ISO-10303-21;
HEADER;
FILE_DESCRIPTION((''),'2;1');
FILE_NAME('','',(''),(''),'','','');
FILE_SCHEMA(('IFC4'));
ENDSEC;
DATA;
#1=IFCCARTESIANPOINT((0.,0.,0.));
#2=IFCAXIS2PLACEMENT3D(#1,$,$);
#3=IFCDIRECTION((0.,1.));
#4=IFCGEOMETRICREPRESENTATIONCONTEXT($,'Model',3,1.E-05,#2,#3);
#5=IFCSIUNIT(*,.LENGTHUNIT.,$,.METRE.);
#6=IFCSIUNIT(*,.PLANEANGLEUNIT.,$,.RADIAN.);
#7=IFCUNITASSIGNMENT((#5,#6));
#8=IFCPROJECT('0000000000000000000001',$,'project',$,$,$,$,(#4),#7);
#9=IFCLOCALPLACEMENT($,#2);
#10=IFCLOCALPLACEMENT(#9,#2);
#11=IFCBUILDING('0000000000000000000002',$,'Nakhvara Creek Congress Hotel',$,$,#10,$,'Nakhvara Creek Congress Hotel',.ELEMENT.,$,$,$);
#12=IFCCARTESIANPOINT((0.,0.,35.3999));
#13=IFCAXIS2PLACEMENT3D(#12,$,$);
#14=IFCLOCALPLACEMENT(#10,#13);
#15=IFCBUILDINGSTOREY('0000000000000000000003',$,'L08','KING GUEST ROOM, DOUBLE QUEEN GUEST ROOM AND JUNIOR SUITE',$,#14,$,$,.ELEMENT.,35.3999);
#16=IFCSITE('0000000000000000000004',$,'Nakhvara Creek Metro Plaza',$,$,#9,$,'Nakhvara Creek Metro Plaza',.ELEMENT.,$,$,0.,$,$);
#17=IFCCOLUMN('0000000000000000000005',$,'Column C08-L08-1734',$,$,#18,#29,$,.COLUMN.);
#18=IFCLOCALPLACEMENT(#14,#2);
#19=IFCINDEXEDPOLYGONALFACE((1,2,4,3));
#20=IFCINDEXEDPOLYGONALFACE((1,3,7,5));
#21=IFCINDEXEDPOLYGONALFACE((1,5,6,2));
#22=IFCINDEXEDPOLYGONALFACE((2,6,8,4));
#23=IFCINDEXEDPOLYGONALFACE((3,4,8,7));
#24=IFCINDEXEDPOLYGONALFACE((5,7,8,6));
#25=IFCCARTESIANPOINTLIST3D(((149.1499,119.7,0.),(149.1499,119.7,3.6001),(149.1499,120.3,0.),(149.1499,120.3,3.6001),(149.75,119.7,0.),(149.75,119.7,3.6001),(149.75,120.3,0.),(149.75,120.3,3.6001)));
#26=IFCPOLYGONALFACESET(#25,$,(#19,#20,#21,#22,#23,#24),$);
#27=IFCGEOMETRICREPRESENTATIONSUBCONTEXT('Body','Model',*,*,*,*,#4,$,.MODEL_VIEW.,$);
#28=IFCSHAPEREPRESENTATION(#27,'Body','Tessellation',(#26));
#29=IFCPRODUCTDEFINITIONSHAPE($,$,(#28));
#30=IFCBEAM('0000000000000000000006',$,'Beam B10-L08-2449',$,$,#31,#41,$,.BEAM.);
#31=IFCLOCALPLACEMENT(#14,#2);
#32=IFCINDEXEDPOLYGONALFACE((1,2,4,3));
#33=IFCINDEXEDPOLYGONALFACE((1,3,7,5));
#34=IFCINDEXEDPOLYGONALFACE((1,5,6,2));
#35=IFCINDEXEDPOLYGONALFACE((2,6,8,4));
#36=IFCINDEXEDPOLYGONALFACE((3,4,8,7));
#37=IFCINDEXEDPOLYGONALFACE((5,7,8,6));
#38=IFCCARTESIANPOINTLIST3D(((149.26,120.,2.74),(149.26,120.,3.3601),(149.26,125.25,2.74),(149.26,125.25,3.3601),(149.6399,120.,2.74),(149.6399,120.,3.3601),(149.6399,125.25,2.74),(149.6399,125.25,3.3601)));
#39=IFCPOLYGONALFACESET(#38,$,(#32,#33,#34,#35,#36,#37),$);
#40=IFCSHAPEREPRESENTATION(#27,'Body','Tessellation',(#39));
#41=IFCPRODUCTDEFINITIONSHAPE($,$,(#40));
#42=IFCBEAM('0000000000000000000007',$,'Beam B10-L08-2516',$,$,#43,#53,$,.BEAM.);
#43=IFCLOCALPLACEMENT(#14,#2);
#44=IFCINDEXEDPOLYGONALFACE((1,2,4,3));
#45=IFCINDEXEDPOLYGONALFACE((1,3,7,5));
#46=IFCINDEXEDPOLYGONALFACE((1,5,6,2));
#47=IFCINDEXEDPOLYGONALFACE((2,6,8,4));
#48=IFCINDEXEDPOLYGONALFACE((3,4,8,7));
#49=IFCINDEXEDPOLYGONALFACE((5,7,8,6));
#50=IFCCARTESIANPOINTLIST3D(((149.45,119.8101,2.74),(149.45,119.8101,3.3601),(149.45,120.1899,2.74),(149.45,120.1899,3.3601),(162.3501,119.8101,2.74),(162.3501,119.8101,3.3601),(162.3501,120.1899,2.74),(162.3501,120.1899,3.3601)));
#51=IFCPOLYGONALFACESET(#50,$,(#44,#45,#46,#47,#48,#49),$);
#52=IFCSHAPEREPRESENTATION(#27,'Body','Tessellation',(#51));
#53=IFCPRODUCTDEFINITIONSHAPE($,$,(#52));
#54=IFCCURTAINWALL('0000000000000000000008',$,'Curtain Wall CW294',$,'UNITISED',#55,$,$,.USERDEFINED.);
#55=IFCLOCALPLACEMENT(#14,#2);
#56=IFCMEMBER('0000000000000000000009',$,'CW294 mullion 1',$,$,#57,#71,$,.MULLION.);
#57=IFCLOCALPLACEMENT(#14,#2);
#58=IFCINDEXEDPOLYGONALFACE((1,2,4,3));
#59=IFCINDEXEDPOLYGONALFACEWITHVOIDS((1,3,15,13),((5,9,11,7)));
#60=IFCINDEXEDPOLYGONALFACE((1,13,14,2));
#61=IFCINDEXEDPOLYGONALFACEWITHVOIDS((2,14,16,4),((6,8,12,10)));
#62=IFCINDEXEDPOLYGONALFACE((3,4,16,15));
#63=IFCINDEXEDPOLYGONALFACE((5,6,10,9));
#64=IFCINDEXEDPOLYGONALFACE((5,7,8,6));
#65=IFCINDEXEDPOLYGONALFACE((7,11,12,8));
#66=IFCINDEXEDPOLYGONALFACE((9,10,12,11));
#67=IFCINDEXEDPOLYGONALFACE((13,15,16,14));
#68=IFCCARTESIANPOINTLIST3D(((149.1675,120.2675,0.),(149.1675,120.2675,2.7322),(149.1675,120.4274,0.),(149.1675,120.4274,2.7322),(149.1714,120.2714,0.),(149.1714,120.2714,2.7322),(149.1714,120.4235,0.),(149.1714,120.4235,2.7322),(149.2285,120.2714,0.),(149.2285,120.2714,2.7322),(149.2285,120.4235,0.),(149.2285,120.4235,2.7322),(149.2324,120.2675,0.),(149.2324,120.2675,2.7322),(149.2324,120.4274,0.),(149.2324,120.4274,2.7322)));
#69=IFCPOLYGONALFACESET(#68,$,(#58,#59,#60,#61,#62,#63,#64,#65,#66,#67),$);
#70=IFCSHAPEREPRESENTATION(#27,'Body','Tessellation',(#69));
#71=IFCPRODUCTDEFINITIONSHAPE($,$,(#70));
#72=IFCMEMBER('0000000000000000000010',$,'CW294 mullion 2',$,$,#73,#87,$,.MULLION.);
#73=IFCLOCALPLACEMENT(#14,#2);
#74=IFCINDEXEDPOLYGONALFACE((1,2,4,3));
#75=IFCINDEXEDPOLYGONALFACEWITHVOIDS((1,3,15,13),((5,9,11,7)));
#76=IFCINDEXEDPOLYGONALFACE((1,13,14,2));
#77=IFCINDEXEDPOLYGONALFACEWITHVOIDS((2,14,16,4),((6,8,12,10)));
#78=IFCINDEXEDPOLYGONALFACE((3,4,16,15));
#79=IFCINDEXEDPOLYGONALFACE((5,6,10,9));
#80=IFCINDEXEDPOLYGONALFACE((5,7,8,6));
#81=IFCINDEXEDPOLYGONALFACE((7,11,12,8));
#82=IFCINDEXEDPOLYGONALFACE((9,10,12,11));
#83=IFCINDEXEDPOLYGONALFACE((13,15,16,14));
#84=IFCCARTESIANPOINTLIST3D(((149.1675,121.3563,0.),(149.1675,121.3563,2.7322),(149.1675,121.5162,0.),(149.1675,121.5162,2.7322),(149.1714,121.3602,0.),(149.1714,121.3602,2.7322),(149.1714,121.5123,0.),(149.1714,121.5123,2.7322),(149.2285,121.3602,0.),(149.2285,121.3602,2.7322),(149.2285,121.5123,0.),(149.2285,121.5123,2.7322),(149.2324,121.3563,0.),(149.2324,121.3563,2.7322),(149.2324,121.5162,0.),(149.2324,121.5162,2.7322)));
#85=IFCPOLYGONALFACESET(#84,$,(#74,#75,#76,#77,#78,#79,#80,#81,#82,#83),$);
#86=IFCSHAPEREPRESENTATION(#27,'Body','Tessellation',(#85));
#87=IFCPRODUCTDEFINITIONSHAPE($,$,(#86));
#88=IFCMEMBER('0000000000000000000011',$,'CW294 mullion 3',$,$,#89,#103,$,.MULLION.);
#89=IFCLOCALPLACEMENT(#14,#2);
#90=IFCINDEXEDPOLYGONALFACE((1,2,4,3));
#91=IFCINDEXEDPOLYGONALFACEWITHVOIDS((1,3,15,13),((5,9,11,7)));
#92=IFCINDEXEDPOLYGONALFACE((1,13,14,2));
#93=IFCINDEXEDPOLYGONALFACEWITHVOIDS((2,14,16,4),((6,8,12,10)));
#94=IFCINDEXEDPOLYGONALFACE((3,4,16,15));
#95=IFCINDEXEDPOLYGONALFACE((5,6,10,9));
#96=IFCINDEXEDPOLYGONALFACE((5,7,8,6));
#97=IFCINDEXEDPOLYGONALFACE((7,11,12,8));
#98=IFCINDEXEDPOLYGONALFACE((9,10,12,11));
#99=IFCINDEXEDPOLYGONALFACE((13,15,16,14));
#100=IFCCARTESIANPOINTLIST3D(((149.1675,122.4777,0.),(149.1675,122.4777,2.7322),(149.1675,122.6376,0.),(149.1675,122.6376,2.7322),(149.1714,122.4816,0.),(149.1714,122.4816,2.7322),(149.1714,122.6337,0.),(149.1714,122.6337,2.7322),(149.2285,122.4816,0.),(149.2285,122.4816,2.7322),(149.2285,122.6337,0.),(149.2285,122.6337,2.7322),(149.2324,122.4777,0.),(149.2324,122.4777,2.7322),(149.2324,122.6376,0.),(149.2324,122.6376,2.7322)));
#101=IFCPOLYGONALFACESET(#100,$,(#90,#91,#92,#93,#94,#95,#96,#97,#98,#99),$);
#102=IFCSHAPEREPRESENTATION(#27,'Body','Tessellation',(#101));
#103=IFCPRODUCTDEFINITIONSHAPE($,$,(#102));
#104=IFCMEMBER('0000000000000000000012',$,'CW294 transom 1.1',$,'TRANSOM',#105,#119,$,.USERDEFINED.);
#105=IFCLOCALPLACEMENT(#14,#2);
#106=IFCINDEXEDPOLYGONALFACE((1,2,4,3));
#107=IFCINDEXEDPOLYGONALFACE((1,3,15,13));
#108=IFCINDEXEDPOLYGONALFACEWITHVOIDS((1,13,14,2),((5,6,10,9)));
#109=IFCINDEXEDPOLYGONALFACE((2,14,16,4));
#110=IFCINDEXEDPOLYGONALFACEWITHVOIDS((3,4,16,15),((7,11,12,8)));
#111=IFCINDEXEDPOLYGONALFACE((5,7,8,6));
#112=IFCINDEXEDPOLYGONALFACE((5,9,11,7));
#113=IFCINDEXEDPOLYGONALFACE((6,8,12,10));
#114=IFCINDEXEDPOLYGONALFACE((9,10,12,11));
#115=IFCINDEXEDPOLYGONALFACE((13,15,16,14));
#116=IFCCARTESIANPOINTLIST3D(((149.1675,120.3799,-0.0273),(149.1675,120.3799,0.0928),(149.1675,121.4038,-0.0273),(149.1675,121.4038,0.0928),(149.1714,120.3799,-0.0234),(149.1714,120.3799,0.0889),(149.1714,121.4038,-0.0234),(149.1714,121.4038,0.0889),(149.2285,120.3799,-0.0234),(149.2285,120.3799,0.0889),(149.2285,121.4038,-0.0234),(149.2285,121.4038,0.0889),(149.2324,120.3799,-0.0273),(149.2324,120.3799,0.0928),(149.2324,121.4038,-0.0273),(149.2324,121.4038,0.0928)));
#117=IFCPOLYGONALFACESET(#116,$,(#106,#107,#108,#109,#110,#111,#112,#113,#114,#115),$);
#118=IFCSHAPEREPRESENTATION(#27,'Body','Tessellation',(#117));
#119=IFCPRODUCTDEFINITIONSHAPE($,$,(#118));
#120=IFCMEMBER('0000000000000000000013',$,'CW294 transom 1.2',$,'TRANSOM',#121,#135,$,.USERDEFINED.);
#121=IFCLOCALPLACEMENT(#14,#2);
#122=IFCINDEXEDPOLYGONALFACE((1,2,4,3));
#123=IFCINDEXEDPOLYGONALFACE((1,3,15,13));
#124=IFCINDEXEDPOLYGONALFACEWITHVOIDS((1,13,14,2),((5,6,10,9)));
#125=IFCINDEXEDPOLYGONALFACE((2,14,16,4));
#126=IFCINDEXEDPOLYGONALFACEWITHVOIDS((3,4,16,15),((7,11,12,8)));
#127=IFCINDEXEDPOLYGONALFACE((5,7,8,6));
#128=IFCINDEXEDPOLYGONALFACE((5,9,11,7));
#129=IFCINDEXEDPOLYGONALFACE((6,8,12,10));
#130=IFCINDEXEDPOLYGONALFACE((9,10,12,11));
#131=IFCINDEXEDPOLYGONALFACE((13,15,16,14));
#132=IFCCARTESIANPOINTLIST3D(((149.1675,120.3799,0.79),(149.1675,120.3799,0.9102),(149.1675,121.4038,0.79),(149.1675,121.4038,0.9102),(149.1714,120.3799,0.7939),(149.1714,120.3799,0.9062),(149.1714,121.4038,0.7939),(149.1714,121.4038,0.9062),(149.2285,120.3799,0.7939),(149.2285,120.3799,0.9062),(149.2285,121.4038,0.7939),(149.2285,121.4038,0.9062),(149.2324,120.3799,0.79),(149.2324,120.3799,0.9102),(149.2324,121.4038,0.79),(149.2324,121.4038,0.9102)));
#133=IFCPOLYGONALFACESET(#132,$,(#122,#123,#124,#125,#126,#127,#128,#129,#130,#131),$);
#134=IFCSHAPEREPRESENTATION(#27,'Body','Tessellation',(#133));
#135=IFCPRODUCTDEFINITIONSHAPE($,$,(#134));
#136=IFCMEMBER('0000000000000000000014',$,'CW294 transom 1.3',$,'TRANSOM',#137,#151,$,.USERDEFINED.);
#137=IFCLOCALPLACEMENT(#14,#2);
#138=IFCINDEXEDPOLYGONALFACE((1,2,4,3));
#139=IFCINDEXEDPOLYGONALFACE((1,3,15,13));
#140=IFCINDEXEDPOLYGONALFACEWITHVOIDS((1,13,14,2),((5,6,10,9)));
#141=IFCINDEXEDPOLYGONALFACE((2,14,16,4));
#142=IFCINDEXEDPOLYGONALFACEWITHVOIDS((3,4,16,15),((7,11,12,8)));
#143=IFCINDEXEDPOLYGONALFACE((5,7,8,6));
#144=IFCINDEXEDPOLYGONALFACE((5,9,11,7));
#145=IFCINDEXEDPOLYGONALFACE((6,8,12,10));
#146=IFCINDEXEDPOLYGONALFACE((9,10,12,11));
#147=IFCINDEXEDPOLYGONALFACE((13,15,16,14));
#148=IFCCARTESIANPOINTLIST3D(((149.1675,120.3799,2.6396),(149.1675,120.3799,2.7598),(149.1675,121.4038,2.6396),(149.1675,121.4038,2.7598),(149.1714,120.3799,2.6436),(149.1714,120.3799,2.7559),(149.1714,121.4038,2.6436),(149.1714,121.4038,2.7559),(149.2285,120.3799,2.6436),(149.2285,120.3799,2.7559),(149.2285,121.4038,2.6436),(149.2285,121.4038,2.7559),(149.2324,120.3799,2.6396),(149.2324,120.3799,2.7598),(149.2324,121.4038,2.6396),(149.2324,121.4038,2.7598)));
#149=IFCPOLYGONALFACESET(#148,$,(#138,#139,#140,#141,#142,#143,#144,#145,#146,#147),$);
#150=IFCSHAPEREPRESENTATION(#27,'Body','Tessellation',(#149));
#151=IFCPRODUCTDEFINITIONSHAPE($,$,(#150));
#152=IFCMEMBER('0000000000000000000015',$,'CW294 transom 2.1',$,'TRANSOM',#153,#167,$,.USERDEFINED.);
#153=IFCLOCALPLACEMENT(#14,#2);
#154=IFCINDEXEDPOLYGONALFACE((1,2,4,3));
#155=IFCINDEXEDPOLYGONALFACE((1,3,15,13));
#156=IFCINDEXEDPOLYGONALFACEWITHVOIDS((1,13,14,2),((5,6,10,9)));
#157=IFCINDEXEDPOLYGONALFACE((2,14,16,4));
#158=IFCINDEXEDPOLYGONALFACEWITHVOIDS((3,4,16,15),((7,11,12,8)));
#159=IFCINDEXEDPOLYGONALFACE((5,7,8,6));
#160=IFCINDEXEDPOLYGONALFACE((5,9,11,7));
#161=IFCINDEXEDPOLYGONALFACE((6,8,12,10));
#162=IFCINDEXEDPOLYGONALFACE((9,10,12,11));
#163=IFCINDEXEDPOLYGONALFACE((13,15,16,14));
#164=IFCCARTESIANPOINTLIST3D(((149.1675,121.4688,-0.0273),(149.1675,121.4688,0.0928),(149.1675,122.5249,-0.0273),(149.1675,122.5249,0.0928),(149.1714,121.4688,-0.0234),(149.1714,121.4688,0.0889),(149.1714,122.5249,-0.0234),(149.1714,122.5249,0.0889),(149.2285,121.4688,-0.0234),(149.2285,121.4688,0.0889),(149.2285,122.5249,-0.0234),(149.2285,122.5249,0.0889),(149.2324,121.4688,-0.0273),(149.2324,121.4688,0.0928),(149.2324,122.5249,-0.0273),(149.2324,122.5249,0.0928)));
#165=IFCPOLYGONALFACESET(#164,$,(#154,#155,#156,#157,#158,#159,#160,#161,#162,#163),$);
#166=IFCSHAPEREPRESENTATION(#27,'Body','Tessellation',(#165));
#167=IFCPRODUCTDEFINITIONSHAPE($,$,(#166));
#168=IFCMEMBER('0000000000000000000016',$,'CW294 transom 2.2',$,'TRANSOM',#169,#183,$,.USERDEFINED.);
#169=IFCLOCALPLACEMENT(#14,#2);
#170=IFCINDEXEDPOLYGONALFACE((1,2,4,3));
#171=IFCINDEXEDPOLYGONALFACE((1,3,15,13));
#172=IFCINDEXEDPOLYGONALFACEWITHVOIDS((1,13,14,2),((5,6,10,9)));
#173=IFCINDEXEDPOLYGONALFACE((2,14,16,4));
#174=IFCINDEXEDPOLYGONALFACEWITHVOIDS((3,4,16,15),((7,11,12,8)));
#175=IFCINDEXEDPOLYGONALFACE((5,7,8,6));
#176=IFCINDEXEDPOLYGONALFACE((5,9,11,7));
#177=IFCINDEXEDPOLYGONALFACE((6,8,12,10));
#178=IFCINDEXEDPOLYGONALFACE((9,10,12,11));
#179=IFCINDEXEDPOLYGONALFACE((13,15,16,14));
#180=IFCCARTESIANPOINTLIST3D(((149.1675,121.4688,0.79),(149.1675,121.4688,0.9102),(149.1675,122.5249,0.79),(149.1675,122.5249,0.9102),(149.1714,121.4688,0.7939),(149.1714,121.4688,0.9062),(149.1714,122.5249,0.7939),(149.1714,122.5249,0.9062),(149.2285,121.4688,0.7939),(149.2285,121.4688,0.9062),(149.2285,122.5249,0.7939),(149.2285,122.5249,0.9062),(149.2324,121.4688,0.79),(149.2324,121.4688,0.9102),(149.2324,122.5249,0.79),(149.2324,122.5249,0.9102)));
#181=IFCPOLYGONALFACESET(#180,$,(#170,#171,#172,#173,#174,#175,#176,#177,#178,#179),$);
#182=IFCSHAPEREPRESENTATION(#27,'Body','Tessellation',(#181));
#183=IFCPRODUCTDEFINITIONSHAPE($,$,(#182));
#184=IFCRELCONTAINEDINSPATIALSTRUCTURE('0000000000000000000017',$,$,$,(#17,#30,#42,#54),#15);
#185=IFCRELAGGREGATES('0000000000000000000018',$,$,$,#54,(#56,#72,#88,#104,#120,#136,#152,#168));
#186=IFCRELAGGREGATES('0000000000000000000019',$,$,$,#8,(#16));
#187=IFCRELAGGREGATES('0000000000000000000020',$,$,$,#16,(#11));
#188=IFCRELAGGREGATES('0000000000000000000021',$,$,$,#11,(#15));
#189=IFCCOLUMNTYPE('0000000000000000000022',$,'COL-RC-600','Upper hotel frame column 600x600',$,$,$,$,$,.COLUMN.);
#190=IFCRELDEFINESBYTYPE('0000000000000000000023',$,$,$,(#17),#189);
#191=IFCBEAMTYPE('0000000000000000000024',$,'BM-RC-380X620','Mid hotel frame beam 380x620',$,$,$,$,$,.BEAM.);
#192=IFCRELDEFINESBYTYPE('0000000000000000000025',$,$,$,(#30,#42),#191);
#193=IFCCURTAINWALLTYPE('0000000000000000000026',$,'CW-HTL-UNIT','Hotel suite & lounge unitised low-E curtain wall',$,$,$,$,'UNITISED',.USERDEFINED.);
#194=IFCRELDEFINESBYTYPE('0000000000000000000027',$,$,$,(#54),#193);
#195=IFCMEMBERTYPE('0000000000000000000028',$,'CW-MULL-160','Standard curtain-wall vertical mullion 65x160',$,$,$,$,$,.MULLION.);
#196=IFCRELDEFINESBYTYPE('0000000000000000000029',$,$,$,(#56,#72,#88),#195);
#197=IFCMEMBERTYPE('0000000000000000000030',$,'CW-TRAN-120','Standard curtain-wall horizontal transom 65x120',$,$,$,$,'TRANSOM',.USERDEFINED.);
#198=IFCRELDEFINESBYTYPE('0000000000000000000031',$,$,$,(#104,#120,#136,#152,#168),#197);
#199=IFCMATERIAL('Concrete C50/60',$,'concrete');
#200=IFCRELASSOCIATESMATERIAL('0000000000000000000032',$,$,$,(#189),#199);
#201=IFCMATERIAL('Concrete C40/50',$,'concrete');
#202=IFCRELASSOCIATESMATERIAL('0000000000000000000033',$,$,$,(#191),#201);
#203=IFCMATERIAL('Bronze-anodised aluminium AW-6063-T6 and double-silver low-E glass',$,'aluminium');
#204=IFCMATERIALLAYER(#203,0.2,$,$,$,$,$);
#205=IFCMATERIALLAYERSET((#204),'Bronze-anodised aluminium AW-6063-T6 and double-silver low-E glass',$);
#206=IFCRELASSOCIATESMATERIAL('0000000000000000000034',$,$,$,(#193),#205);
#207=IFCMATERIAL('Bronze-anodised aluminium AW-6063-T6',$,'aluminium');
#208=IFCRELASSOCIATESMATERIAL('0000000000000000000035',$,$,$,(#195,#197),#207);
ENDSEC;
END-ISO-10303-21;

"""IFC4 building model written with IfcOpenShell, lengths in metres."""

from ifc_helpers import new_model, si_unit, direction, frame, origin, origin_2d, place, context, subcontext, project, spatial, rectangle, hollow_rectangle, extrude, material, layer, layer_set, material_profile, profile_set, type_object, element, aggregate, save


model = new_model("IFC4")

# Units and contexts
model_context = context("Model", 3, precision=1e-05, world=origin(), true_north=direction((0.0, 1.0)))
body_context = subcontext(model_context, "Body", "Model", "MODEL_VIEW")
ifc_project = project(units=[si_unit("LENGTHUNIT", "METRE"), si_unit("PLANEANGLEUNIT", "RADIAN")], contexts=[model_context])

# Site, building, storey
site_placement = place(None, origin())
site = spatial("IfcSite", under=ifc_project, at=site_placement, Name="Nakhvara Creek Metro Plaza", LongName="Nakhvara Creek Metro Plaza", CompositionType="ELEMENT", RefElevation=0.0)
building_placement = place(site_placement, origin())
building = spatial("IfcBuilding", under=site, at=building_placement, Name="Nakhvara Creek Congress Hotel", LongName="Nakhvara Creek Congress Hotel", CompositionType="ELEMENT")
storey_placement = place(building_placement, frame((0.0, 0.0, 35.3999)))
storey = spatial("IfcBuildingStorey", under=building, at=storey_placement, Name="L08", Description="KING GUEST ROOM, DOUBLE QUEEN GUEST ROOM AND JUNIOR SUITE", CompositionType="ELEMENT", Elevation=35.3999)

# Column
ifc_material_1 = material(Name="Concrete C50/60", Category="concrete")
ifc_material_profile_1 = material_profile(ifc_material_1, rectangle(XDim=0.6001, YDim=0.6001, at=origin_2d()), Name="RC-COL 600x600", Category="LoadBearing")
ifc_profile_set_1 = profile_set([ifc_material_profile_1], Name="Concrete C50/60")
column_type = type_object("IfcColumnType", Name="COL-RC-600", Description="Upper hotel frame column 600x600", PredefinedType="COLUMN", material=ifc_profile_set_1)
column_placement = place(storey_placement, frame((149.45, 120.0, 0.0), z_axis=(0.0, 0.0, 1.0), x_axis=(1.0, 0.0, 0.0)))
element("IfcColumn", 1, at=column_placement, inside=storey, type_object=column_type, Name="Column C08-L08-1734", PredefinedType="COLUMN", context=body_context, shape_type="SweptSolid", body=[
    extrude(rectangle(XDim=0.6001, YDim=0.6001, at=origin_2d()), origin(), (0.0, 0.0, 1.0), 3.6001),
])

# Beams
ifc_material_2 = material(Name="Concrete C40/50", Category="concrete")
ifc_material_profile_2 = material_profile(ifc_material_2, rectangle(XDim=0.3799, YDim=0.6201, at=origin_2d()), Name="RC-BM 380x620", Category="LoadBearing")
ifc_profile_set_2 = profile_set([ifc_material_profile_2], Name="Concrete C40/50")
beam_type = type_object("IfcBeamType", Name="BM-RC-380X620", Description="Mid hotel frame beam 380x620", PredefinedType="BEAM", material=ifc_profile_set_2)
beam_1_placement = place(storey_placement, frame((149.45, 120.0, 3.05), z_axis=(0.0, 1.0, 0.0), x_axis=(-1.0, 0.0, 0.0)))
element("IfcBeam", 2, at=beam_1_placement, inside=storey, type_object=beam_type, Name="Beam B10-L08-2449", PredefinedType="BEAM", context=body_context, shape_type="SweptSolid", body=[
    extrude(rectangle(XDim=0.3799, YDim=0.6201, at=origin_2d()), origin(), (0.0, 0.0, 1.0), 5.25),
])
beam_2_placement = place(storey_placement, frame((149.45, 120.0, 3.05), z_axis=(1.0, 0.0, 0.0), x_axis=(0.0, 1.0, 0.0)))
element("IfcBeam", 3, at=beam_2_placement, inside=storey, type_object=beam_type, Name="Beam B10-L08-2516", PredefinedType="BEAM", context=body_context, shape_type="SweptSolid", body=[
    extrude(rectangle(XDim=0.3799, YDim=0.6201, at=origin_2d()), origin(), (0.0, 0.0, 1.0), 12.9001),
])

# Curtain wall, members
ifc_material_3 = material(Name="Bronze-anodised aluminium AW-6063-T6 and double-silver low-E glass", Category="aluminium")
ifc_layer_1 = layer(ifc_material_3, 0.2)
ifc_layer_set_1 = layer_set([ifc_layer_1], Name="Bronze-anodised aluminium AW-6063-T6 and double-silver low-E glass")
curtain_wall_type = type_object("IfcCurtainWallType", Name="CW-HTL-UNIT", Description="Hotel suite & lounge unitised low-E curtain wall", ElementType="UNITISED", PredefinedType="USERDEFINED", material=ifc_layer_set_1)
curtain_wall_placement = place(storey_placement, origin())
curtain_wall = element("IfcCurtainWall", 4, at=curtain_wall_placement, inside=storey, type_object=curtain_wall_type, Name="Curtain Wall CW294", ObjectType="UNITISED", PredefinedType="USERDEFINED")
ifc_material_4 = material(Name="Bronze-anodised aluminium AW-6063-T6", Category="aluminium")
ifc_material_profile_3 = material_profile(ifc_material_4, hollow_rectangle(XDim=0.0649, YDim=0.1599, WallThickness=0.0039, at=origin_2d()), Name="ALU-MULL 65x160x4", Category="LoadBearing")
ifc_profile_set_3 = profile_set([ifc_material_profile_3], Name="Bronze-anodised aluminium AW-6063-T6")
member_type_1 = type_object("IfcMemberType", Name="CW-MULL-160", Description="Standard curtain-wall vertical mullion 65x160", PredefinedType="MULLION", material=ifc_profile_set_3)
member_1_placement = place(storey_placement, frame((149.2, 120.3474, 0.0), z_axis=(0.0, 0.0, 1.0), x_axis=(-1.0, 0.0, 0.0)))
member_1 = element("IfcMember", 5, at=member_1_placement, type_object=member_type_1, Name="CW294 mullion 1", PredefinedType="MULLION", context=body_context, shape_type="SweptSolid", body=[
    extrude(hollow_rectangle(XDim=0.0649, YDim=0.1599, WallThickness=0.0039, at=origin_2d()), origin(), (0.0, 0.0, 1.0), 2.7322),
])
member_2_placement = place(storey_placement, frame((149.2, 121.4363, 0.0), z_axis=(0.0, 0.0, 1.0), x_axis=(-1.0, 0.0, 0.0)))
member_2 = element("IfcMember", 6, at=member_2_placement, type_object=member_type_1, Name="CW294 mullion 2", PredefinedType="MULLION", context=body_context, shape_type="SweptSolid", body=[
    extrude(hollow_rectangle(XDim=0.0649, YDim=0.1599, WallThickness=0.0039, at=origin_2d()), origin(), (0.0, 0.0, 1.0), 2.7322),
])
member_3_placement = place(storey_placement, frame((149.2, 122.5576, 0.0), z_axis=(0.0, 0.0, 1.0), x_axis=(-1.0, 0.0, 0.0)))
member_3 = element("IfcMember", 7, at=member_3_placement, type_object=member_type_1, Name="CW294 mullion 3", PredefinedType="MULLION", context=body_context, shape_type="SweptSolid", body=[
    extrude(hollow_rectangle(XDim=0.0649, YDim=0.1599, WallThickness=0.0039, at=origin_2d()), origin(), (0.0, 0.0, 1.0), 2.7322),
])
ifc_material_profile_4 = material_profile(ifc_material_4, hollow_rectangle(XDim=0.0649, YDim=0.1201, WallThickness=0.0039, at=origin_2d()), Name="ALU-TRAN 65x120x4", Category="LoadBearing")
ifc_profile_set_4 = profile_set([ifc_material_profile_4], Name="Bronze-anodised aluminium AW-6063-T6")
member_type_2 = type_object("IfcMemberType", Name="CW-TRAN-120", Description="Standard curtain-wall horizontal transom 65x120", ElementType="TRANSOM", PredefinedType="USERDEFINED", material=ifc_profile_set_4)
member_4_placement = place(storey_placement, frame((149.2, 120.3799, 0.0327), z_axis=(0.0, 1.0, 0.0), x_axis=(-1.0, 0.0, 0.0)))
member_4 = element("IfcMember", 8, at=member_4_placement, type_object=member_type_2, Name="CW294 transom 1.1", ObjectType="TRANSOM", PredefinedType="USERDEFINED", context=body_context, shape_type="SweptSolid", body=[
    extrude(hollow_rectangle(XDim=0.0649, YDim=0.1201, WallThickness=0.0039, at=origin_2d()), origin(), (0.0, 0.0, 1.0), 1.0239),
])
member_5_placement = place(storey_placement, frame((149.2, 120.3799, 0.8501), z_axis=(0.0, 1.0, 0.0), x_axis=(-1.0, 0.0, 0.0)))
member_5 = element("IfcMember", 9, at=member_5_placement, type_object=member_type_2, Name="CW294 transom 1.2", ObjectType="TRANSOM", PredefinedType="USERDEFINED", context=body_context, shape_type="SweptSolid", body=[
    extrude(hollow_rectangle(XDim=0.0649, YDim=0.1201, WallThickness=0.0039, at=origin_2d()), origin(), (0.0, 0.0, 1.0), 1.0239),
])
member_6_placement = place(storey_placement, frame((149.2, 120.3799, 2.6997), z_axis=(0.0, 1.0, 0.0), x_axis=(-1.0, 0.0, 0.0)))
member_6 = element("IfcMember", 10, at=member_6_placement, type_object=member_type_2, Name="CW294 transom 1.3", ObjectType="TRANSOM", PredefinedType="USERDEFINED", context=body_context, shape_type="SweptSolid", body=[
    extrude(hollow_rectangle(XDim=0.0649, YDim=0.1201, WallThickness=0.0039, at=origin_2d()), origin(), (0.0, 0.0, 1.0), 1.0239),
])
member_7_placement = place(storey_placement, frame((149.2, 121.4688, 0.0327), z_axis=(0.0, 1.0, 0.0), x_axis=(-1.0, 0.0, 0.0)))
member_7 = element("IfcMember", 11, at=member_7_placement, type_object=member_type_2, Name="CW294 transom 2.1", ObjectType="TRANSOM", PredefinedType="USERDEFINED", context=body_context, shape_type="SweptSolid", body=[
    extrude(hollow_rectangle(XDim=0.0649, YDim=0.1201, WallThickness=0.0039, at=origin_2d()), origin(), (0.0, 0.0, 1.0), 1.0562),
])
member_8_placement = place(storey_placement, frame((149.2, 121.4688, 0.8501), z_axis=(0.0, 1.0, 0.0), x_axis=(-1.0, 0.0, 0.0)))
member_8 = element("IfcMember", 12, at=member_8_placement, type_object=member_type_2, Name="CW294 transom 2.2", ObjectType="TRANSOM", PredefinedType="USERDEFINED", context=body_context, shape_type="SweptSolid", body=[
    extrude(hollow_rectangle(XDim=0.0649, YDim=0.1201, WallThickness=0.0039, at=origin_2d()), origin(), (0.0, 0.0, 1.0), 1.0562),
])
aggregate(curtain_wall, [member_1, member_2, member_3, member_4, member_5, member_6, member_7, member_8])

save(model, "model.ifc")
